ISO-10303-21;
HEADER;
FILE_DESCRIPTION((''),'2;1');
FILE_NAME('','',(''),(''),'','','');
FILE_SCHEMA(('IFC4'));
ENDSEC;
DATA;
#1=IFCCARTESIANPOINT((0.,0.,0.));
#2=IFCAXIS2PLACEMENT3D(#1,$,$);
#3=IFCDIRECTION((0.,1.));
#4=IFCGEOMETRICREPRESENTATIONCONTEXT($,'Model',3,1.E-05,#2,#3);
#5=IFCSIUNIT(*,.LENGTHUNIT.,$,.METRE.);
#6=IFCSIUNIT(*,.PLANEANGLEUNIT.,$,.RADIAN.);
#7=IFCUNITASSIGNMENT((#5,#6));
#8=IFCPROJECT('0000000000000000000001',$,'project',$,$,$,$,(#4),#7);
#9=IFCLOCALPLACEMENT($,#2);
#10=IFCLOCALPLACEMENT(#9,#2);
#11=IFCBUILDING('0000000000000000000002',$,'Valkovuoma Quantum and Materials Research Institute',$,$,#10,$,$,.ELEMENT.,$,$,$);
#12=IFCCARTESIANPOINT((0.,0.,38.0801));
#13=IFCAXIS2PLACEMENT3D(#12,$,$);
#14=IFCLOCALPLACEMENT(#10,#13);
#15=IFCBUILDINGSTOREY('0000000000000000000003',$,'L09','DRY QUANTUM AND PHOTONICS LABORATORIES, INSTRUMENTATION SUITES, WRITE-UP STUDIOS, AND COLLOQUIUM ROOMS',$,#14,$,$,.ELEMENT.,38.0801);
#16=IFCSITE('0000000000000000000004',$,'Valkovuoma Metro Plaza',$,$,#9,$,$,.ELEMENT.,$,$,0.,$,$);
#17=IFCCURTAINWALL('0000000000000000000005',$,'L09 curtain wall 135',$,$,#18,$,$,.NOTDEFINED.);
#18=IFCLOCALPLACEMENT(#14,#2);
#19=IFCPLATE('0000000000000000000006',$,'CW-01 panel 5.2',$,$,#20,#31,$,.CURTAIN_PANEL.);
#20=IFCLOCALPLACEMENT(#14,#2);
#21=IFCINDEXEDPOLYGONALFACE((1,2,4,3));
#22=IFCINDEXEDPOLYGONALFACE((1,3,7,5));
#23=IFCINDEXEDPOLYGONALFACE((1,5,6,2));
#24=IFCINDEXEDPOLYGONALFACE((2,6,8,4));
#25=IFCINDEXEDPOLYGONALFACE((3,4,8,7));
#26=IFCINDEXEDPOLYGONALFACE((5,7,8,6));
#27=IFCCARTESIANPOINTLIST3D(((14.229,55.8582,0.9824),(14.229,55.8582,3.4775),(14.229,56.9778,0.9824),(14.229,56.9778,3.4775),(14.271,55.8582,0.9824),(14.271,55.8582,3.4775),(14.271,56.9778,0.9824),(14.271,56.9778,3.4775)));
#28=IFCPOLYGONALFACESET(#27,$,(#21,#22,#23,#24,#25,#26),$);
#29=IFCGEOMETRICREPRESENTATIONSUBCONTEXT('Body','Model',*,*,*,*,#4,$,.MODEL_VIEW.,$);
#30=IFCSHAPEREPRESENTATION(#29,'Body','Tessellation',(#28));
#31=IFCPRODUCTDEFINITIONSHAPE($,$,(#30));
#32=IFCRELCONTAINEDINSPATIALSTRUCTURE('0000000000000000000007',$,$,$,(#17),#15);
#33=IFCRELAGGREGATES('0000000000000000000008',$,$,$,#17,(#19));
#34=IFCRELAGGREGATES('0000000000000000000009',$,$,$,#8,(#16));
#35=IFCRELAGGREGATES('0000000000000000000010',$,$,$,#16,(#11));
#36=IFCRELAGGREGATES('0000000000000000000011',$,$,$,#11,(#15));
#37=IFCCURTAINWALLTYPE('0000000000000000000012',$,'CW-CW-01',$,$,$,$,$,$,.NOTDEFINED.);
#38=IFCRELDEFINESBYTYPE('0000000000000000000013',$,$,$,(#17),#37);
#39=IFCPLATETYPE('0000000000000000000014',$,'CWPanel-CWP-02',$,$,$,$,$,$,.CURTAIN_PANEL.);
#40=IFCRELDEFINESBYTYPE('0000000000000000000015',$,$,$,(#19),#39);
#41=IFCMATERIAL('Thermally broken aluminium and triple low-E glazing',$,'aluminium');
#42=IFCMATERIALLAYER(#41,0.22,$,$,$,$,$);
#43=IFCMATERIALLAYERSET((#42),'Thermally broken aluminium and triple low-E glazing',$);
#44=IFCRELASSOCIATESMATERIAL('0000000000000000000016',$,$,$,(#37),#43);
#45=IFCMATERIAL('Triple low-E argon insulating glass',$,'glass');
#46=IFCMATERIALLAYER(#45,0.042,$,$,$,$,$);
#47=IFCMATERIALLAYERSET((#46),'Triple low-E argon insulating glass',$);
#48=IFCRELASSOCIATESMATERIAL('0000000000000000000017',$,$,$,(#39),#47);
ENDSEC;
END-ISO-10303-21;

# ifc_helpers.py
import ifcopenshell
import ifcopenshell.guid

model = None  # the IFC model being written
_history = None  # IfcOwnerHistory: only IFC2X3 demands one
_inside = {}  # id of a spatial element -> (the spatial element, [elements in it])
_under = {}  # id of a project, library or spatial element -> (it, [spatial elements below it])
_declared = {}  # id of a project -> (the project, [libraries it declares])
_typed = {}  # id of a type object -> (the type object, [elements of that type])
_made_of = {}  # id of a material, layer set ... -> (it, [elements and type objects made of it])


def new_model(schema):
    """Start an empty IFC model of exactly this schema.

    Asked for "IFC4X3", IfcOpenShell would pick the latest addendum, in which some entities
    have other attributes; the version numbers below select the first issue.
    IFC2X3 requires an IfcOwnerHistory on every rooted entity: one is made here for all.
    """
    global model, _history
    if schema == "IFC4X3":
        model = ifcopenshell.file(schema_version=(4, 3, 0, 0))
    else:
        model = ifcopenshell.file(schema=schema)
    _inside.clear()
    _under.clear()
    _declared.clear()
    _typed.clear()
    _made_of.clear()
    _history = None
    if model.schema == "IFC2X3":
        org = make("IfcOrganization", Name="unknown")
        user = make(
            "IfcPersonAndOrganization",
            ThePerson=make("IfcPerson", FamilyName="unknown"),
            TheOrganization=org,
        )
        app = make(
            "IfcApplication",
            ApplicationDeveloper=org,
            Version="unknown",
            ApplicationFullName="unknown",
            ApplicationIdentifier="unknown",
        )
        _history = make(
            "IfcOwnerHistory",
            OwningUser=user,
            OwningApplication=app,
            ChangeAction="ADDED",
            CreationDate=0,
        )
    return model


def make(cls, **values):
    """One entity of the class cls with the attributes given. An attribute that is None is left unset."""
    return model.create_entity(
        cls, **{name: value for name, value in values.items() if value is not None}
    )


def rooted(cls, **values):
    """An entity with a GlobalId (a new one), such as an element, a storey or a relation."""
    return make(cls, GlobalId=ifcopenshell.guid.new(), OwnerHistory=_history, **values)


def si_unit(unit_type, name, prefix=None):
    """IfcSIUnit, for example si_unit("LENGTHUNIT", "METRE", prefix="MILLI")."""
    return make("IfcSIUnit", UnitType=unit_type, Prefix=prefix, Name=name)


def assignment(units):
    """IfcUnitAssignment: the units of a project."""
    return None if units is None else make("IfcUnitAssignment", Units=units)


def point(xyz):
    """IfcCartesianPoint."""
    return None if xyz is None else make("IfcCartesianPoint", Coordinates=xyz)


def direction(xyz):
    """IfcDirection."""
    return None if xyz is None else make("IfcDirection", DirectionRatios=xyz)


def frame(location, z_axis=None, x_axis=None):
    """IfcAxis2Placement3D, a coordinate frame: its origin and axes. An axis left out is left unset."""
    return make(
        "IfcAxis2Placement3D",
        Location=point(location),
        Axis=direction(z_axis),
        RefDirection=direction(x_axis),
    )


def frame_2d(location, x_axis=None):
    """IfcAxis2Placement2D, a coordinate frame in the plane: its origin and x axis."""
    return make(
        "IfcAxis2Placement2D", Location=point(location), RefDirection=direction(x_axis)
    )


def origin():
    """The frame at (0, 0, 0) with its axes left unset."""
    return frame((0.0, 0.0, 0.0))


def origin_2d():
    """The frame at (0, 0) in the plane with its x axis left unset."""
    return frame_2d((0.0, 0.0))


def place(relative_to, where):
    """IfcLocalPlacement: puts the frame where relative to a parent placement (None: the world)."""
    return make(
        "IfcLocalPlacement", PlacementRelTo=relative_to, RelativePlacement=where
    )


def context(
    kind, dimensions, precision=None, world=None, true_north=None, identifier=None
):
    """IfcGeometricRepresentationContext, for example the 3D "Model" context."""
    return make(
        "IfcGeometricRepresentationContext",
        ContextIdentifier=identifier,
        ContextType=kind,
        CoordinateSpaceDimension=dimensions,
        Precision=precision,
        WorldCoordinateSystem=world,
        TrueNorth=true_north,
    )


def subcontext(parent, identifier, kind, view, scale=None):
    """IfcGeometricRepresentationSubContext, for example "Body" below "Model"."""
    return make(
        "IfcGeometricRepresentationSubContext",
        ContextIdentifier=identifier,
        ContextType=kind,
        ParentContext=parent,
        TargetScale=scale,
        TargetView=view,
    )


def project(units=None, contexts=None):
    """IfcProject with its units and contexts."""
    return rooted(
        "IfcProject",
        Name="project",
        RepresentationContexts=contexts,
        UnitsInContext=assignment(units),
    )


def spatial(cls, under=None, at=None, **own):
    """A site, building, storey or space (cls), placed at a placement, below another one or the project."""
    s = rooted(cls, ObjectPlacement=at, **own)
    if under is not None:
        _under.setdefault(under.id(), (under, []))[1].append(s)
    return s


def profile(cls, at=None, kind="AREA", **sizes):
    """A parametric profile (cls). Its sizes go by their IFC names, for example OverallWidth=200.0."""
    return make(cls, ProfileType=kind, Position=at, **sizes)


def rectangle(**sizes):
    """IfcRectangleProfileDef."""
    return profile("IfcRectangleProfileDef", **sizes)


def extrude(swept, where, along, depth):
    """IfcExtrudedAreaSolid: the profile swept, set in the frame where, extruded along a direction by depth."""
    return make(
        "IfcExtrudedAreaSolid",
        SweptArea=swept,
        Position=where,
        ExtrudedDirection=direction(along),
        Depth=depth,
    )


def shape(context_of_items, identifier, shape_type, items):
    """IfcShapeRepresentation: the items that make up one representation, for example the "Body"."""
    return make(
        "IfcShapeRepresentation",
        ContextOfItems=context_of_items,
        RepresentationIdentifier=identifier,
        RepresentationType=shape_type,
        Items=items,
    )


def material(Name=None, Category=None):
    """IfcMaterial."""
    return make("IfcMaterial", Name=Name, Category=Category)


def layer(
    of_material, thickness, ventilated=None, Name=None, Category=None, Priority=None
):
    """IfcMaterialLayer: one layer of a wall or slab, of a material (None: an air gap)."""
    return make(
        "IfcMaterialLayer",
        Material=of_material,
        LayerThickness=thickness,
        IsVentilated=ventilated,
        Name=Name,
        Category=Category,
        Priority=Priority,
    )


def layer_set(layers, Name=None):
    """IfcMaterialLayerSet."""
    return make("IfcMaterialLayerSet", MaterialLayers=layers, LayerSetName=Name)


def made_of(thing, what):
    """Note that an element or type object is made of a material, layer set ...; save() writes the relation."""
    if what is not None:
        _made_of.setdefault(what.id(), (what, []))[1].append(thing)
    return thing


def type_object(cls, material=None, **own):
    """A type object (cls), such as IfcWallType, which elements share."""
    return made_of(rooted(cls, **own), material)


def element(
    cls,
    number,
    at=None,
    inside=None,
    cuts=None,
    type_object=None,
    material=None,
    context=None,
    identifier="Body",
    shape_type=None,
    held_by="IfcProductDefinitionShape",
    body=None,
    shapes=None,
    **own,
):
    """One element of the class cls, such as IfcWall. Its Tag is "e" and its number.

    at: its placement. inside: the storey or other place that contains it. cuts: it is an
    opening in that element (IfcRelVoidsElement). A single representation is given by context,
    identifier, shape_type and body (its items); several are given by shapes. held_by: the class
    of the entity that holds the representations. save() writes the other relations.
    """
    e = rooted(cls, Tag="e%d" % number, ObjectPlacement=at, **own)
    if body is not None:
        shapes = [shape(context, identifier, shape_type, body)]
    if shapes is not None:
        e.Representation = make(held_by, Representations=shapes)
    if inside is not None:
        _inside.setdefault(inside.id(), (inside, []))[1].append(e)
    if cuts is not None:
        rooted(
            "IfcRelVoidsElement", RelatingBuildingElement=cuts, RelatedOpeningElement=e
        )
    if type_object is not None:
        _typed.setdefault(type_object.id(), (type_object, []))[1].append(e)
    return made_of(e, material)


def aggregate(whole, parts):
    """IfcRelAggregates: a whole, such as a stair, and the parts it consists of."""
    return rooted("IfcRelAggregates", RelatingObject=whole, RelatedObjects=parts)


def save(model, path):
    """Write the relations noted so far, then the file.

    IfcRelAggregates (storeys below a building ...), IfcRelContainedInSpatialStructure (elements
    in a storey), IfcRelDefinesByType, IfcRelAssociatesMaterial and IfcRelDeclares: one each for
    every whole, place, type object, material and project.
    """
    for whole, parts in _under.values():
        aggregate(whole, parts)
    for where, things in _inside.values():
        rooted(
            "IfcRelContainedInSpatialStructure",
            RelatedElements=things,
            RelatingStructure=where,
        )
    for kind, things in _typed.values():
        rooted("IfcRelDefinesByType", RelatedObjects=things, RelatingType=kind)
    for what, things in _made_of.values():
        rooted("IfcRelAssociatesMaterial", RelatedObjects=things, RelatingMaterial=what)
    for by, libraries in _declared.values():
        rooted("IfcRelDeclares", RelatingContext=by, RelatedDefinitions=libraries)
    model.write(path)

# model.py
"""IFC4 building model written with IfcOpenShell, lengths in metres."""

from ifc_helpers import new_model, si_unit, direction, frame, origin, origin_2d, place, context, subcontext, project, spatial, rectangle, extrude, material, layer, layer_set, type_object, element, aggregate, save


model = new_model("IFC4")

# Units and contexts
model_context = context("Model", 3, precision=1e-05, world=origin(), true_north=direction((0.0, 1.0)))
body_context = subcontext(model_context, "Body", "Model", "MODEL_VIEW")
ifc_project = project(units=[si_unit("LENGTHUNIT", "METRE"), si_unit("PLANEANGLEUNIT", "RADIAN")], contexts=[model_context])

# Site, building, storey
site_placement = place(None, origin())
site = spatial("IfcSite", under=ifc_project, at=site_placement, Name="Valkovuoma Metro Plaza", CompositionType="ELEMENT", RefElevation=0.0)
building_placement = place(site_placement, origin())
building = spatial("IfcBuilding", under=site, at=building_placement, Name="Valkovuoma Quantum and Materials Research Institute", CompositionType="ELEMENT")
storey_placement = place(building_placement, frame((0.0, 0.0, 38.0801)))
storey = spatial("IfcBuildingStorey", under=building, at=storey_placement, Name="L09", Description="DRY QUANTUM AND PHOTONICS LABORATORIES, INSTRUMENTATION SUITES, WRITE-UP STUDIOS, AND COLLOQUIUM ROOMS", CompositionType="ELEMENT", Elevation=38.0801)

# Curtain wall, plate
ifc_material_1 = material(Name="Thermally broken aluminium and triple low-E glazing", Category="aluminium")
ifc_layer_1 = layer(ifc_material_1, 0.22)
ifc_layer_set_1 = layer_set([ifc_layer_1], Name="Thermally broken aluminium and triple low-E glazing")
curtain_wall_type = type_object("IfcCurtainWallType", Name="CW-CW-01", PredefinedType="NOTDEFINED", material=ifc_layer_set_1)
curtain_wall_placement = place(storey_placement, origin())
curtain_wall = element("IfcCurtainWall", 1, at=curtain_wall_placement, inside=storey, type_object=curtain_wall_type, Name="L09 curtain wall 135", PredefinedType="NOTDEFINED")
ifc_material_2 = material(Name="Triple low-E argon insulating glass", Category="glass")
ifc_layer_2 = layer(ifc_material_2, 0.042)
ifc_layer_set_2 = layer_set([ifc_layer_2], Name="Triple low-E argon insulating glass")
plate_type = type_object("IfcPlateType", Name="CWPanel-CWP-02", PredefinedType="CURTAIN_PANEL", material=ifc_layer_set_2)
plate_1_placement = place(storey_placement, frame((14.25, 56.418, 0.9824), z_axis=(0.0, 0.0, 1.0), x_axis=(0.0, 1.0, 0.0)))
plate_1 = element("IfcPlate", 2, at=plate_1_placement, type_object=plate_type, Name="CW-01 panel 5.2", PredefinedType="CURTAIN_PANEL", context=body_context, shape_type="SweptSolid", body=[
    extrude(rectangle(XDim=1.1196, YDim=0.042, at=origin_2d()), origin(), (0.0, 0.0, 1.0), 2.4951),
])
aggregate(curtain_wall, [plate_1])

save(model, "model.ifc")
